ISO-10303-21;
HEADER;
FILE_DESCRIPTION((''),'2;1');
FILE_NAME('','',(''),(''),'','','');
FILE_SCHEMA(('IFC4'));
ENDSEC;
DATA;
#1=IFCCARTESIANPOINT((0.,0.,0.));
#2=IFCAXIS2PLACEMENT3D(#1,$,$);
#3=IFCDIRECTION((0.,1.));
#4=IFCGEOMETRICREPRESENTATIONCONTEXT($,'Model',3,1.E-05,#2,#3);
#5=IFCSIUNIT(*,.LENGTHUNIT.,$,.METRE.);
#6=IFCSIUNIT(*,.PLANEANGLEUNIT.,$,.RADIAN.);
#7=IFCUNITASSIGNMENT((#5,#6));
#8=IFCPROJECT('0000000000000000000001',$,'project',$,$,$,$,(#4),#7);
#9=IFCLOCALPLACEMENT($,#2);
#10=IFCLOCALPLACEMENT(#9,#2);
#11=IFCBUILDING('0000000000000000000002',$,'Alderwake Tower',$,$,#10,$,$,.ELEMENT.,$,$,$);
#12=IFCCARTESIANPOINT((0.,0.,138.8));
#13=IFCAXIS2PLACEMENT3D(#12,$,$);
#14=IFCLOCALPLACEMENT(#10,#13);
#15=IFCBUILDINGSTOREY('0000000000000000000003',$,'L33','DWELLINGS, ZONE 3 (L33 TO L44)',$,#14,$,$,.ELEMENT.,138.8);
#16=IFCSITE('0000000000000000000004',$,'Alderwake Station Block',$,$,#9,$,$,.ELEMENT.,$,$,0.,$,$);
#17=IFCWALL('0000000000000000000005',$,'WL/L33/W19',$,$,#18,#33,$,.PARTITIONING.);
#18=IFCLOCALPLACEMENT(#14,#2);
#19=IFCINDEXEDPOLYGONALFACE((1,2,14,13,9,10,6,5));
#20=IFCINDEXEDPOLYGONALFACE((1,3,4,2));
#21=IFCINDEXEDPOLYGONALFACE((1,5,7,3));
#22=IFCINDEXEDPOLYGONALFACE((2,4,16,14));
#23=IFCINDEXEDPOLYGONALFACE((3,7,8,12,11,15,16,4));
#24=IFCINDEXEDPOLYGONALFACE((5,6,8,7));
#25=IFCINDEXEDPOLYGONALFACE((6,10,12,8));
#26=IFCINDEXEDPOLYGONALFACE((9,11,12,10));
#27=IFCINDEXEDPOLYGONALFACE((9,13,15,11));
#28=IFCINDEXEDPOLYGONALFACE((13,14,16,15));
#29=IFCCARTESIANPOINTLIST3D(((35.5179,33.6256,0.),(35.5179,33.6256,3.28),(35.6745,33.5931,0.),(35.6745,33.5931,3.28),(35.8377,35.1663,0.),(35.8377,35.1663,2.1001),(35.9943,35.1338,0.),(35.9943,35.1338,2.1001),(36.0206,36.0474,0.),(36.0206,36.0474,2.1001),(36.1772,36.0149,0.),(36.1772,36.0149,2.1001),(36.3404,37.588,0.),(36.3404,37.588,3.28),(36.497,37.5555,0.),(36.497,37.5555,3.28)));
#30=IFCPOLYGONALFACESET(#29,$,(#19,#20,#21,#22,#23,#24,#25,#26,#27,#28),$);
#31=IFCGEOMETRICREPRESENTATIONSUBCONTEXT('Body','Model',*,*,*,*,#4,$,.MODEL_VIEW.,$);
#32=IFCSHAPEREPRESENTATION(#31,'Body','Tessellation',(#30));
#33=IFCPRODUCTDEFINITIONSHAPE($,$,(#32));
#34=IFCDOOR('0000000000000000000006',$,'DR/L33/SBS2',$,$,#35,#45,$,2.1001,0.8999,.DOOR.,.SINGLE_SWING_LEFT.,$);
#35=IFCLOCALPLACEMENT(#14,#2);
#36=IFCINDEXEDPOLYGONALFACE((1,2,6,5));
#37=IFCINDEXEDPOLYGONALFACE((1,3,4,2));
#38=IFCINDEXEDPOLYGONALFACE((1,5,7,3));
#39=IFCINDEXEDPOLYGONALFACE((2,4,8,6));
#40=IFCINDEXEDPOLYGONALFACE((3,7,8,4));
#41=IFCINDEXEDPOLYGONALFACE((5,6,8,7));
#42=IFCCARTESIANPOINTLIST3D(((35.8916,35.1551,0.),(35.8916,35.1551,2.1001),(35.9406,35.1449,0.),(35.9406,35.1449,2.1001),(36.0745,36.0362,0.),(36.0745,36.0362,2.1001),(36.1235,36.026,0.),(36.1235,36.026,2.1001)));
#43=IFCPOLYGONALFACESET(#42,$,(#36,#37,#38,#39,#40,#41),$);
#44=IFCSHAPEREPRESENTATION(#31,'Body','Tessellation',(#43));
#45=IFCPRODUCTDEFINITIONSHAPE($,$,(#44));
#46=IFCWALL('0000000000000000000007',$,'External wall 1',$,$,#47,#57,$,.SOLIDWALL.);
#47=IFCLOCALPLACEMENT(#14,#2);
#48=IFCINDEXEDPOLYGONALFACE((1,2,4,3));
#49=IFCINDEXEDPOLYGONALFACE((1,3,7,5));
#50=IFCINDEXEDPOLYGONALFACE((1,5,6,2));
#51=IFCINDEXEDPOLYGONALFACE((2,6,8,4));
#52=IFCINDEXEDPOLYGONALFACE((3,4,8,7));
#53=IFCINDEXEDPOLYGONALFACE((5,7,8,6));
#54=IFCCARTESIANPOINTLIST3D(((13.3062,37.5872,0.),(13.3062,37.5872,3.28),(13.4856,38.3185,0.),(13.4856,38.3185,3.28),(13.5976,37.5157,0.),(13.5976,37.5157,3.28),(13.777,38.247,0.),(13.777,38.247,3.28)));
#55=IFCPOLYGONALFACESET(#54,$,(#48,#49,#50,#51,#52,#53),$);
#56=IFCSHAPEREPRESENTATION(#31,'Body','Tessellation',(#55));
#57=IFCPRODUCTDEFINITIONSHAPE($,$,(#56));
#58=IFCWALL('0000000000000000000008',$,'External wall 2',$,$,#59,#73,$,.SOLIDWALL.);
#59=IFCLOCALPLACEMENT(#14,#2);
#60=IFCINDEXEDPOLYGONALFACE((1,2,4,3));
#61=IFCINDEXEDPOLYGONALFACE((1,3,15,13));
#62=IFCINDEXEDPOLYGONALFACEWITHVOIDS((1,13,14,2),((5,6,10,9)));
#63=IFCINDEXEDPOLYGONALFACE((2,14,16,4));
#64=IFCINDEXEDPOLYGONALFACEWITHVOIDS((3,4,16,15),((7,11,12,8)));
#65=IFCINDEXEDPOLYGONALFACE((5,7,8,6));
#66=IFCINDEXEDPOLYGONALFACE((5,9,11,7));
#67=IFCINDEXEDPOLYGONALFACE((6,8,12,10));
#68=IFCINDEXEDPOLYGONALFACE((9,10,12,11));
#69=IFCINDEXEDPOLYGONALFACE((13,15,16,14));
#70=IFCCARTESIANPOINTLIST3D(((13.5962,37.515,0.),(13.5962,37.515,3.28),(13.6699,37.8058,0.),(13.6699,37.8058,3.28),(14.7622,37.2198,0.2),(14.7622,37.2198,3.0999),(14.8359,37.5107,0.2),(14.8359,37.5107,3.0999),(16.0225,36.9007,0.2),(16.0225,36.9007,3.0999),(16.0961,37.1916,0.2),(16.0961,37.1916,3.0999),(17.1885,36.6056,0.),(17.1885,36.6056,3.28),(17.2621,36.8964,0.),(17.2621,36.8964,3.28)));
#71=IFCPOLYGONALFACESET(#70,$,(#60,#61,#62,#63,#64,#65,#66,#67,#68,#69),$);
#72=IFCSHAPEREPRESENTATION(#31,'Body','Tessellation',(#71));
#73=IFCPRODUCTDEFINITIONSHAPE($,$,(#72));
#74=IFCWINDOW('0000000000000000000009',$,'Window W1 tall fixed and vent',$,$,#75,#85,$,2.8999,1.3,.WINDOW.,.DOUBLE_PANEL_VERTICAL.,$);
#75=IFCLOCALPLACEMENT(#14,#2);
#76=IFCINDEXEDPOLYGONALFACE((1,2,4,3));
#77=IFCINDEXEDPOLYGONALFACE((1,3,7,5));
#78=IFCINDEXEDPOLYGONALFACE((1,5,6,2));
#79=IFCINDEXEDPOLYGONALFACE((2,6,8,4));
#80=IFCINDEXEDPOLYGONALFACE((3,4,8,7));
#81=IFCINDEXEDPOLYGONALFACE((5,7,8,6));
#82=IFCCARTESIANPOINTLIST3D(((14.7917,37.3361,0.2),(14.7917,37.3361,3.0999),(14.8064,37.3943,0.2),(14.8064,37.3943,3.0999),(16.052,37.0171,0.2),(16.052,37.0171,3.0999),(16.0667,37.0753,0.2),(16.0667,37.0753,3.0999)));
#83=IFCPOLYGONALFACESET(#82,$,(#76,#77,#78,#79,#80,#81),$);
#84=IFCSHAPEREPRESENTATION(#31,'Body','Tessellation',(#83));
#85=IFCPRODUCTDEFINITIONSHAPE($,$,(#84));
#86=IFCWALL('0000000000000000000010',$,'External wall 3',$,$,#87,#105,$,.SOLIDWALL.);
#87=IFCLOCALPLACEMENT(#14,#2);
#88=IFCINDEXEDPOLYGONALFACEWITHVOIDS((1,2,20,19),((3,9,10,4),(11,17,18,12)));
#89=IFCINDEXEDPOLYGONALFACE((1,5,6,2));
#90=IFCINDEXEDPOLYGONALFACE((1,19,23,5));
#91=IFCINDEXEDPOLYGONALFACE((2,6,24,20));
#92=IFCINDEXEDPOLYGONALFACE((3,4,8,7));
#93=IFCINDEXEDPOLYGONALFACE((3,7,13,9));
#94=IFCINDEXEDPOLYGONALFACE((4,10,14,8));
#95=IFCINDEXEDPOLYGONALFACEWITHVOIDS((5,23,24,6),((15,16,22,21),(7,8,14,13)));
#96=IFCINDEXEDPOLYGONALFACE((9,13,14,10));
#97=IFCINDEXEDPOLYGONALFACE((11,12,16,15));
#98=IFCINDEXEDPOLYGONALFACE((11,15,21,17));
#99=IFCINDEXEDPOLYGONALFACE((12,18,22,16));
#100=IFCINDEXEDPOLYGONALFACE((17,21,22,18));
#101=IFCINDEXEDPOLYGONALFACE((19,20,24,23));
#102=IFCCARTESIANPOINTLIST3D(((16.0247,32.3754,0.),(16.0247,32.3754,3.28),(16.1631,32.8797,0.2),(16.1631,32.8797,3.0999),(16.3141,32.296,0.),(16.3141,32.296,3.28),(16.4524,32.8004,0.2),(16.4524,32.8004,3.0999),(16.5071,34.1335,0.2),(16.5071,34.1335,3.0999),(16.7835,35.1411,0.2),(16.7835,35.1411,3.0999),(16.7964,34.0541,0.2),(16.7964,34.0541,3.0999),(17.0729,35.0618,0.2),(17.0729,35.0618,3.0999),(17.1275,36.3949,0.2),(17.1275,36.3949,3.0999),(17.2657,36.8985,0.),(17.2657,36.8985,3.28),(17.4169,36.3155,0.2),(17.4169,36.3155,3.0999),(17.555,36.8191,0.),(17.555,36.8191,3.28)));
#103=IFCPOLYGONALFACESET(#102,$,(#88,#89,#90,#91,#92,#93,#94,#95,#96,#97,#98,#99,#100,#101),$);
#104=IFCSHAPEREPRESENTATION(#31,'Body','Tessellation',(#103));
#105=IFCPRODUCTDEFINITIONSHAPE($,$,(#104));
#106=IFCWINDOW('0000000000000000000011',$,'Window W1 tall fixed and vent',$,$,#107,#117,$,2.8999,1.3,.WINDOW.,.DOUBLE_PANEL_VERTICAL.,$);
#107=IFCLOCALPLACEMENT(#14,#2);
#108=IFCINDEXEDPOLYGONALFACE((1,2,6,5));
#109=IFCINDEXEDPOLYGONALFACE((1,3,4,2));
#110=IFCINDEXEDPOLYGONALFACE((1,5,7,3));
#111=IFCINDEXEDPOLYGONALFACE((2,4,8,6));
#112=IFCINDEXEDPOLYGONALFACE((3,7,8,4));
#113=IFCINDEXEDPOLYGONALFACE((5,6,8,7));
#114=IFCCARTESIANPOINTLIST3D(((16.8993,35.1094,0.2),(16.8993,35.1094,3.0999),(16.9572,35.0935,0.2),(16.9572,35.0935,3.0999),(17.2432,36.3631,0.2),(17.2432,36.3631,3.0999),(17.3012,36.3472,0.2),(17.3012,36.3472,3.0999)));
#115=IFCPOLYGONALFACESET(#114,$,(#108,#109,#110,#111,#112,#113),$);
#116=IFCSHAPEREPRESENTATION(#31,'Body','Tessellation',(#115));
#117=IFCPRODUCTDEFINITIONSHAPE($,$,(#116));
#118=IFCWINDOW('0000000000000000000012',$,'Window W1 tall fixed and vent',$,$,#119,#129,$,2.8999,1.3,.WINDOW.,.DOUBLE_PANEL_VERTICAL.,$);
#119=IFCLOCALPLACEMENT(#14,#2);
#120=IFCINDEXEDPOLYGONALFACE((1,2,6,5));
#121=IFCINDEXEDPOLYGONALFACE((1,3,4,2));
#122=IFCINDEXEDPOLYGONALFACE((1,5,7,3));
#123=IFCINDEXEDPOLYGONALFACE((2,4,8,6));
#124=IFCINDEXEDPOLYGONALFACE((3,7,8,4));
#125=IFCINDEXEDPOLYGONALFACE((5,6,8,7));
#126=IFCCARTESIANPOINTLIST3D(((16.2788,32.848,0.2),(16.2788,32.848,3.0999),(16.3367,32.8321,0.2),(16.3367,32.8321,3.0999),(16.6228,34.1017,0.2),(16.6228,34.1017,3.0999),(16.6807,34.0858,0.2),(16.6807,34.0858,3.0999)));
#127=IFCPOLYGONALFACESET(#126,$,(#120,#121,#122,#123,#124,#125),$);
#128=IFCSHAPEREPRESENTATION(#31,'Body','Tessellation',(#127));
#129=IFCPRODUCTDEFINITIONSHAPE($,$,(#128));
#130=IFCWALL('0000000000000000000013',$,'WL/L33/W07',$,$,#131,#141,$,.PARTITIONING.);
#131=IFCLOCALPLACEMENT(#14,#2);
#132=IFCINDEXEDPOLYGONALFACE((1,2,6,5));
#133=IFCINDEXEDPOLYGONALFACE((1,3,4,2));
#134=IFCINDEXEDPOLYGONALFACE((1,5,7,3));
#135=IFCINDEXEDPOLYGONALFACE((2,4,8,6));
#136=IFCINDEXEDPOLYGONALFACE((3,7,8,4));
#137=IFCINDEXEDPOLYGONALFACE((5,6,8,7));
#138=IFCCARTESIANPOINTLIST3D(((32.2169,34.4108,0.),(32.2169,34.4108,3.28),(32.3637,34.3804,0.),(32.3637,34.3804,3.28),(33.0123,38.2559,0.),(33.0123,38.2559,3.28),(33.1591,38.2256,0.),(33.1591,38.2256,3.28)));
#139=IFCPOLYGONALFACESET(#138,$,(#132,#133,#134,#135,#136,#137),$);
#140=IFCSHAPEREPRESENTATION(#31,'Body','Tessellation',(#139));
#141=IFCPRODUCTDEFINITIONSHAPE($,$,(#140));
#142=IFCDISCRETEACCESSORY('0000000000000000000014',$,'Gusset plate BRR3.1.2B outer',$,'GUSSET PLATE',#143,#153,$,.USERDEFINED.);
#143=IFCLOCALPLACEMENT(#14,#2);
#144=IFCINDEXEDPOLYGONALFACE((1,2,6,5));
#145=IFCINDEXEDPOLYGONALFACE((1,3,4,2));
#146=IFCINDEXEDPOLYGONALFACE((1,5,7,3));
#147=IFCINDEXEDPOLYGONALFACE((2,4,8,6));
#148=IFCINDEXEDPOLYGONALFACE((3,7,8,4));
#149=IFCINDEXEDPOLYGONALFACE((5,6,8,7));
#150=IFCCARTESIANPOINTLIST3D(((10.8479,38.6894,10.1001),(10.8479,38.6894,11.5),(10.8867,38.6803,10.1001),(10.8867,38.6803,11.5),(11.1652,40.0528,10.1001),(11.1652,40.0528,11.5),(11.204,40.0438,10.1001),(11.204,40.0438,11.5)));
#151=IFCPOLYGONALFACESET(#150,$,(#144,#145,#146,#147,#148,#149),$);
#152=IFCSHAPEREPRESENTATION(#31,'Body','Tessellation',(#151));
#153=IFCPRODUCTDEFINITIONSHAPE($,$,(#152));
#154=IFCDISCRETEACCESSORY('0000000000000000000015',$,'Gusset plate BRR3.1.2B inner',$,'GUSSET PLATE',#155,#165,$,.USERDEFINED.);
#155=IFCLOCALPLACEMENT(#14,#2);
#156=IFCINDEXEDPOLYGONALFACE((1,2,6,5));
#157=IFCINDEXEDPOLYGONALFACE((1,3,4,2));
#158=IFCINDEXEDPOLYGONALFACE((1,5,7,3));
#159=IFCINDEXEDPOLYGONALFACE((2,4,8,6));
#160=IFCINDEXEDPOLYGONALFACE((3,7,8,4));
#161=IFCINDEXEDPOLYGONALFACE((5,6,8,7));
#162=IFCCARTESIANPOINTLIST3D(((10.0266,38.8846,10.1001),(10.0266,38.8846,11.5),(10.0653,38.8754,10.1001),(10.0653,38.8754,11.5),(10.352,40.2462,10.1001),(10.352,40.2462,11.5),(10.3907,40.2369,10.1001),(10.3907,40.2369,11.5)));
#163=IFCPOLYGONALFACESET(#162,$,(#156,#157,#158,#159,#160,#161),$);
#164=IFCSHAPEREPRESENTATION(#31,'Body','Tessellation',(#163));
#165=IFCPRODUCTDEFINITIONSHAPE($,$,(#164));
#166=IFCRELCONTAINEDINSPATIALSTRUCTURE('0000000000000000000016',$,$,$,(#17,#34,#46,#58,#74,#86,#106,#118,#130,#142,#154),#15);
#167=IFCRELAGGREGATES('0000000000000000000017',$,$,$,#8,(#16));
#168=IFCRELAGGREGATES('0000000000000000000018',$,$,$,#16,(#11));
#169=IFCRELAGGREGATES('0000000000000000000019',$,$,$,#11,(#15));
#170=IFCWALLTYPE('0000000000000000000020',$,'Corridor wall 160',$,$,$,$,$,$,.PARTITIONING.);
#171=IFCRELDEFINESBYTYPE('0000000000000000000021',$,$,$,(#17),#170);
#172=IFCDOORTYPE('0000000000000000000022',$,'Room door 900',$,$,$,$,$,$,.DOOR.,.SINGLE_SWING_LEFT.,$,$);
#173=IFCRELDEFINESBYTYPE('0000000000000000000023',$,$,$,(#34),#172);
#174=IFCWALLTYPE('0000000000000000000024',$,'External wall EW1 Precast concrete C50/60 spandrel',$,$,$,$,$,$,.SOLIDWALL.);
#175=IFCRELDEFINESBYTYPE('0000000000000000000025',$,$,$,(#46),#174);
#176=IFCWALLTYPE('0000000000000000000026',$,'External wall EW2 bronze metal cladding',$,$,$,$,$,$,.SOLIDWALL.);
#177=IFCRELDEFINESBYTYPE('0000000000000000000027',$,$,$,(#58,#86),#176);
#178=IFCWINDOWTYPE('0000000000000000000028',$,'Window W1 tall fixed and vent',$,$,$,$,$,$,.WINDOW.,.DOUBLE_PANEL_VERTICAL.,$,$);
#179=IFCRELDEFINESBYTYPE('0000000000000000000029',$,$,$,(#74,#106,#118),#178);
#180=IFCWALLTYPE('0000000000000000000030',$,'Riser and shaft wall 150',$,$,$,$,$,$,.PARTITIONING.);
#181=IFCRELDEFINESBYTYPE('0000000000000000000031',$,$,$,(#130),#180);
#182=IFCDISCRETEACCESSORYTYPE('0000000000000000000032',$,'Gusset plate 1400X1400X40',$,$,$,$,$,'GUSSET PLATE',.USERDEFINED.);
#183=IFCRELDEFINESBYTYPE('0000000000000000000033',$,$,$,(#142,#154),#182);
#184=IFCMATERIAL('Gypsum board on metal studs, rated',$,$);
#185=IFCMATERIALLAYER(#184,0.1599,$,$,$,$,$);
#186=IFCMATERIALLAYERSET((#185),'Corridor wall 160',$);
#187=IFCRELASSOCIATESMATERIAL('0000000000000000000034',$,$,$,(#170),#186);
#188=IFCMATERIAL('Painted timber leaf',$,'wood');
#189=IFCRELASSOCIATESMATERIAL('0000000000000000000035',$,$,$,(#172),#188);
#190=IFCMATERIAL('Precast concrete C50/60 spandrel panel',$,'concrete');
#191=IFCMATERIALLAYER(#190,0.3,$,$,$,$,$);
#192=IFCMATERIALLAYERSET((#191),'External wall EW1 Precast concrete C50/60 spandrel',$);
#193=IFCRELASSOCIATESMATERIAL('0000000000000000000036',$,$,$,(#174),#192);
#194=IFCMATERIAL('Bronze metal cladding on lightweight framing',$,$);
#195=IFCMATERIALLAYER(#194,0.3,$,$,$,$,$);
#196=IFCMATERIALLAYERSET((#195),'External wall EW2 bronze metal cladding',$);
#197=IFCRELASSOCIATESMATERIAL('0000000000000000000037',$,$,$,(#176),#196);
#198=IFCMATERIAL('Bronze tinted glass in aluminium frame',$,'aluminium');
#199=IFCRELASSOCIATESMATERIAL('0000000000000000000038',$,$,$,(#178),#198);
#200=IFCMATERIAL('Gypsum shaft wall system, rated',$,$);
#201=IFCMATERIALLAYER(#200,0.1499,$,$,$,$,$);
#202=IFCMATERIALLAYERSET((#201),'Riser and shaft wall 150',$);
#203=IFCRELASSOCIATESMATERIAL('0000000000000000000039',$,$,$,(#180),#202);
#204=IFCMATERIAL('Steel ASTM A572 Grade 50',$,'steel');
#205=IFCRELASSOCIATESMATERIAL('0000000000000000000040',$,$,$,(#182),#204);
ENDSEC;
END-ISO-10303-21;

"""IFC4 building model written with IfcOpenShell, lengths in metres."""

from ifc_helpers import new_model, si_unit, direction, frame, frame_2d, origin, origin_2d, place, context, subcontext, project, spatial, rectangle, extrude, material, layer, layer_set, material_profile, profile_set, type_object, element, fill, save


model = new_model("IFC4")

# Units and contexts
model_context = context("Model", 3, precision=1e-05, world=origin(), true_north=direction((0.0, 1.0)))
body_context = subcontext(model_context, "Body", "Model", "MODEL_VIEW")
ifc_project = project(units=[si_unit("LENGTHUNIT", "METRE"), si_unit("PLANEANGLEUNIT", "RADIAN")], contexts=[model_context])

# Site, building, storey
site_placement = place(None, origin())
site = spatial("IfcSite", under=ifc_project, at=site_placement, Name="Alderwake Station Block", CompositionType="ELEMENT", RefElevation=0.0)
building_placement = place(site_placement, origin())
building = spatial("IfcBuilding", under=site, at=building_placement, Name="Alderwake Tower", CompositionType="ELEMENT")
storey_placement = place(building_placement, frame((0.0, 0.0, 138.8)))
storey = spatial("IfcBuildingStorey", under=building, at=storey_placement, Name="L33", Description="DWELLINGS, ZONE 3 (L33 TO L44)", CompositionType="ELEMENT", Elevation=138.8)

# Shared definitions
ifc_material_1 = material(Name="Gypsum board on metal studs, rated")
ifc_layer_1 = layer(ifc_material_1, 0.1599)
ifc_layer_set_1 = layer_set([ifc_layer_1], Name="Corridor wall 160")
wall_type_1 = type_object("IfcWallType", Name="Corridor wall 160", PredefinedType="PARTITIONING", material=ifc_layer_set_1)

# Wall, opening, door
wall_1_placement = place(storey_placement, frame((35.5962, 33.6094, 0.0), z_axis=(0.0, 0.0, 1.0), x_axis=(0.203246, 0.979128, 0.0)))
wall_1 = element("IfcWall", 1, at=wall_1_placement, inside=storey, type_object=wall_type_1, Name="WL/L33/W19", PredefinedType="PARTITIONING", context=body_context, shape_type="SweptSolid", body=[
    extrude(rectangle(XDim=4.0469, YDim=0.1599, at=frame_2d((2.0234, 0.0))), origin(), (0.0, 0.0, 1.0), 3.28),
])
opening_1_placement = place(wall_1_placement, frame((1.5735, 0.0, 0.0)))
opening_1 = element("IfcOpeningElement", 2, at=opening_1_placement, cuts=wall_1, PredefinedType="OPENING", context=body_context, shape_type="SweptSolid", body=[
    extrude(rectangle(XDim=0.8999, YDim=2.1001, at=frame_2d((0.45, 1.05))), frame((0.0, 0.0898, 0.0), z_axis=(0.0, -1.0, 0.0), x_axis=(1.0, 0.0, 0.0)), (0.0, 0.0, 1.0), 0.1799),
])
ifc_material_2 = material(Name="Painted timber leaf", Category="wood")
door_type_1 = type_object("IfcDoorType", Name="Room door 900", OperationType="SINGLE_SWING_LEFT", PredefinedType="DOOR", material=ifc_material_2)
door_1_placement = place(opening_1_placement, origin())
door_1 = element("IfcDoor", 3, at=door_1_placement, inside=storey, type_object=door_type_1, Name="DR/L33/SBS2", OperationType="SINGLE_SWING_LEFT", OverallHeight=2.1001, OverallWidth=0.8999, PredefinedType="DOOR", context=body_context, shape_type="SweptSolid", body=[
    extrude(rectangle(XDim=0.8999, YDim=2.1001, at=frame_2d((0.45, 1.05))), frame((0.0, 0.0249, 0.0), z_axis=(0.0, -1.0, 0.0), x_axis=(1.0, 0.0, 0.0)), (0.0, 0.0, 1.0), 0.05),
])
fill(opening_1, door_1)

# Wall
ifc_material_3 = material(Name="Precast concrete C50/60 spandrel panel", Category="concrete")
ifc_layer_2 = layer(ifc_material_3, 0.3)
ifc_layer_set_2 = layer_set([ifc_layer_2], Name="External wall EW1 Precast concrete C50/60 spandrel")
wall_type_2 = type_object("IfcWallType", Name="External wall EW1 Precast concrete C50/60 spandrel", PredefinedType="SOLIDWALL", material=ifc_layer_set_2)
wall_2_placement = place(storey_placement, frame((13.6313, 38.2827, 0.0), z_axis=(0.0, 0.0, 1.0), x_axis=(-0.238337, -0.971183, 0.0)))
element("IfcWall", 4, at=wall_2_placement, inside=storey, type_object=wall_type_2, Name="External wall 1", PredefinedType="SOLIDWALL", context=body_context, shape_type="SweptSolid", body=[
    extrude(rectangle(XDim=0.7529, YDim=0.3, at=frame_2d((0.3765, 0.0))), origin(), (0.0, 0.0, 1.0), 3.28),
])

# Wall, opening, window
ifc_material_4 = material(Name="Bronze metal cladding on lightweight framing")
ifc_layer_3 = layer(ifc_material_4, 0.3)
ifc_layer_set_3 = layer_set([ifc_layer_3], Name="External wall EW2 bronze metal cladding")
wall_type_3 = type_object("IfcWallType", Name="External wall EW2 bronze metal cladding", PredefinedType="SOLIDWALL", material=ifc_layer_set_3)
wall_3_placement = place(storey_placement, frame((13.6331, 37.6604, 0.0), z_axis=(0.0, 0.0, 1.0), x_axis=(0.969417, -0.245418, 0.0)))
wall_3 = element("IfcWall", 5, at=wall_3_placement, inside=storey, type_object=wall_type_3, Name="External wall 2", PredefinedType="SOLIDWALL", context=body_context, shape_type="SweptSolid", body=[
    extrude(rectangle(XDim=3.7056, YDim=0.3, at=frame_2d((1.8528, 0.0))), origin(), (0.0, 0.0, 1.0), 3.28),
])
opening_2_placement = place(wall_3_placement, frame((1.2029, 0.0, 0.2)))
opening_2 = element("IfcOpeningElement", 6, at=opening_2_placement, cuts=wall_3, PredefinedType="OPENING", context=body_context, shape_type="SweptSolid", body=[
    extrude(rectangle(XDim=1.3, YDim=2.8999, at=frame_2d((0.6499, 1.45))), frame((0.0, 0.1599, 0.0), z_axis=(0.0, -1.0, 0.0), x_axis=(1.0, 0.0, 0.0)), (0.0, 0.0, 1.0), 0.3201),
])
ifc_material_5 = material(Name="Bronze tinted glass in aluminium frame", Category="aluminium")
window_type = type_object("IfcWindowType", Name="Window W1 tall fixed and vent", PartitioningType="DOUBLE_PANEL_VERTICAL", PredefinedType="WINDOW", material=ifc_material_5)
window_1_placement = place(opening_2_placement, origin())
window_1 = element("IfcWindow", 7, at=window_1_placement, inside=storey, type_object=window_type, Name="Window W1 tall fixed and vent", OverallHeight=2.8999, OverallWidth=1.3, PartitioningType="DOUBLE_PANEL_VERTICAL", PredefinedType="WINDOW", context=body_context, shape_type="SweptSolid", body=[
    extrude(rectangle(XDim=1.3, YDim=2.8999, at=frame_2d((0.6499, 1.45))), frame((0.0, 0.03, 0.0), z_axis=(0.0, -1.0, 0.0), x_axis=(1.0, 0.0, 0.0)), (0.0, 0.0, 1.0), 0.0601),
])
fill(opening_2, window_1)

# Wall, openings, windows
wall_4_placement = place(storey_placement, frame((17.4104, 36.8589, 0.0), z_axis=(0.0, 0.0, 1.0), x_axis=(-0.264593, -0.96436, 0.0)))
wall_4 = element("IfcWall", 8, at=wall_4_placement, inside=storey, type_object=wall_type_3, Name="External wall 3", PredefinedType="SOLIDWALL", context=body_context, shape_type="SweptSolid", body=[
    extrude(rectangle(XDim=4.6902, YDim=0.3, at=frame_2d((2.3452, 0.0))), origin(), (0.0, 0.0, 1.0), 3.28),
])
opening_3_placement = place(wall_4_placement, frame((0.5225, 0.0, 0.2)))
opening_3 = element("IfcOpeningElement", 9, at=opening_3_placement, cuts=wall_4, PredefinedType="OPENING", context=body_context, shape_type="SweptSolid", body=[
    extrude(rectangle(XDim=1.3, YDim=2.8999, at=frame_2d((0.6499, 1.45))), frame((0.0, 0.1599, 0.0), z_axis=(0.0, -1.0, 0.0), x_axis=(1.0, 0.0, 0.0)), (0.0, 0.0, 1.0), 0.3201),
])
opening_4_placement = place(wall_4_placement, frame((2.8674, 0.0, 0.2)))
opening_4 = element("IfcOpeningElement", 10, at=opening_4_placement, cuts=wall_4, PredefinedType="OPENING", context=body_context, shape_type="SweptSolid", body=[
    extrude(rectangle(XDim=1.3, YDim=2.8999, at=frame_2d((0.6499, 1.45))), frame((0.0, 0.1599, 0.0), z_axis=(0.0, -1.0, 0.0), x_axis=(1.0, 0.0, 0.0)), (0.0, 0.0, 1.0), 0.3201),
])
window_2_placement = place(opening_3_placement, origin())
window_2 = element("IfcWindow", 11, at=window_2_placement, inside=storey, type_object=window_type, Name="Window W1 tall fixed and vent", OverallHeight=2.8999, OverallWidth=1.3, PartitioningType="DOUBLE_PANEL_VERTICAL", PredefinedType="WINDOW", context=body_context, shape_type="SweptSolid", body=[
    extrude(rectangle(XDim=1.3, YDim=2.8999, at=frame_2d((0.6499, 1.45))), frame((0.0, 0.03, 0.0), z_axis=(0.0, -1.0, 0.0), x_axis=(1.0, 0.0, 0.0)), (0.0, 0.0, 1.0), 0.0601),
])
fill(opening_3, window_2)
window_3_placement = place(opening_4_placement, origin())
window_3 = element("IfcWindow", 12, at=window_3_placement, inside=storey, type_object=window_type, Name="Window W1 tall fixed and vent", OverallHeight=2.8999, OverallWidth=1.3, PartitioningType="DOUBLE_PANEL_VERTICAL", PredefinedType="WINDOW", context=body_context, shape_type="SweptSolid", body=[
    extrude(rectangle(XDim=1.3, YDim=2.8999, at=frame_2d((0.6499, 1.45))), frame((0.0, 0.03, 0.0), z_axis=(0.0, -1.0, 0.0), x_axis=(1.0, 0.0, 0.0)), (0.0, 0.0, 1.0), 0.0601),
])
fill(opening_4, window_3)

# Wall
ifc_material_6 = material(Name="Gypsum shaft wall system, rated")
ifc_layer_4 = layer(ifc_material_6, 0.1499)
ifc_layer_set_4 = layer_set([ifc_layer_4], Name="Riser and shaft wall 150")
wall_type_4 = type_object("IfcWallType", Name="Riser and shaft wall 150", PredefinedType="PARTITIONING", material=ifc_layer_set_4)
wall_5_placement = place(storey_placement, frame((32.2903, 34.3955, 0.0), z_axis=(0.0, 0.0, 1.0), x_axis=(0.202569, 0.979268, 0.0)))
element("IfcWall", 13, at=wall_5_placement, inside=storey, type_object=wall_type_4, Name="WL/L33/W07", PredefinedType="PARTITIONING", context=body_context, shape_type="SweptSolid", body=[
    extrude(rectangle(XDim=3.9265, YDim=0.1499, at=frame_2d((1.9634, 0.0))), origin(), (0.0, 0.0, 1.0), 3.28),
])

# Discrete accessories
ifc_material_7 = material(Name="Steel ASTM A572 Grade 50", Category="steel")
ifc_material_profile_1 = material_profile(ifc_material_7, rectangle(XDim=1.3999, YDim=1.3999, at=origin_2d()), Name="gusset 1400X1400")
ifc_profile_set_1 = profile_set([ifc_material_profile_1], Name="Steel ASTM A572 Grade 50")
discrete_accessory_type = type_object("IfcDiscreteAccessoryType", Name="Gusset plate 1400X1400X40", ElementType="GUSSET PLATE", PredefinedType="USERDEFINED", material=ifc_profile_set_1)
for number, where, z_axis, x_axis, name in (
    (14, (11.0066, 39.3711, 10.8), (0.973977, -0.226649, 0.0), (0.226649, 0.973977, 0.0), "Gusset plate BRR3.1.2B outer"),
    (15, (10.228, 39.5562, 10.8), (-0.972609, 0.232447, 0.0), (-0.232447, -0.972609, 0.0), "Gusset plate BRR3.1.2B inner"),
):
    element("IfcDiscreteAccessory", number, at=place(storey_placement, frame(where, z_axis=z_axis, x_axis=x_axis)), inside=storey, type_object=discrete_accessory_type, Name=name, ObjectType="GUSSET PLATE", PredefinedType="USERDEFINED", context=body_context, shape_type="SweptSolid", body=[
        extrude(rectangle(XDim=1.3999, YDim=1.3999, at=origin_2d()), origin(), (0.0, 0.0, 1.0), 0.0398),
    ])

save(model, "model.ifc")
